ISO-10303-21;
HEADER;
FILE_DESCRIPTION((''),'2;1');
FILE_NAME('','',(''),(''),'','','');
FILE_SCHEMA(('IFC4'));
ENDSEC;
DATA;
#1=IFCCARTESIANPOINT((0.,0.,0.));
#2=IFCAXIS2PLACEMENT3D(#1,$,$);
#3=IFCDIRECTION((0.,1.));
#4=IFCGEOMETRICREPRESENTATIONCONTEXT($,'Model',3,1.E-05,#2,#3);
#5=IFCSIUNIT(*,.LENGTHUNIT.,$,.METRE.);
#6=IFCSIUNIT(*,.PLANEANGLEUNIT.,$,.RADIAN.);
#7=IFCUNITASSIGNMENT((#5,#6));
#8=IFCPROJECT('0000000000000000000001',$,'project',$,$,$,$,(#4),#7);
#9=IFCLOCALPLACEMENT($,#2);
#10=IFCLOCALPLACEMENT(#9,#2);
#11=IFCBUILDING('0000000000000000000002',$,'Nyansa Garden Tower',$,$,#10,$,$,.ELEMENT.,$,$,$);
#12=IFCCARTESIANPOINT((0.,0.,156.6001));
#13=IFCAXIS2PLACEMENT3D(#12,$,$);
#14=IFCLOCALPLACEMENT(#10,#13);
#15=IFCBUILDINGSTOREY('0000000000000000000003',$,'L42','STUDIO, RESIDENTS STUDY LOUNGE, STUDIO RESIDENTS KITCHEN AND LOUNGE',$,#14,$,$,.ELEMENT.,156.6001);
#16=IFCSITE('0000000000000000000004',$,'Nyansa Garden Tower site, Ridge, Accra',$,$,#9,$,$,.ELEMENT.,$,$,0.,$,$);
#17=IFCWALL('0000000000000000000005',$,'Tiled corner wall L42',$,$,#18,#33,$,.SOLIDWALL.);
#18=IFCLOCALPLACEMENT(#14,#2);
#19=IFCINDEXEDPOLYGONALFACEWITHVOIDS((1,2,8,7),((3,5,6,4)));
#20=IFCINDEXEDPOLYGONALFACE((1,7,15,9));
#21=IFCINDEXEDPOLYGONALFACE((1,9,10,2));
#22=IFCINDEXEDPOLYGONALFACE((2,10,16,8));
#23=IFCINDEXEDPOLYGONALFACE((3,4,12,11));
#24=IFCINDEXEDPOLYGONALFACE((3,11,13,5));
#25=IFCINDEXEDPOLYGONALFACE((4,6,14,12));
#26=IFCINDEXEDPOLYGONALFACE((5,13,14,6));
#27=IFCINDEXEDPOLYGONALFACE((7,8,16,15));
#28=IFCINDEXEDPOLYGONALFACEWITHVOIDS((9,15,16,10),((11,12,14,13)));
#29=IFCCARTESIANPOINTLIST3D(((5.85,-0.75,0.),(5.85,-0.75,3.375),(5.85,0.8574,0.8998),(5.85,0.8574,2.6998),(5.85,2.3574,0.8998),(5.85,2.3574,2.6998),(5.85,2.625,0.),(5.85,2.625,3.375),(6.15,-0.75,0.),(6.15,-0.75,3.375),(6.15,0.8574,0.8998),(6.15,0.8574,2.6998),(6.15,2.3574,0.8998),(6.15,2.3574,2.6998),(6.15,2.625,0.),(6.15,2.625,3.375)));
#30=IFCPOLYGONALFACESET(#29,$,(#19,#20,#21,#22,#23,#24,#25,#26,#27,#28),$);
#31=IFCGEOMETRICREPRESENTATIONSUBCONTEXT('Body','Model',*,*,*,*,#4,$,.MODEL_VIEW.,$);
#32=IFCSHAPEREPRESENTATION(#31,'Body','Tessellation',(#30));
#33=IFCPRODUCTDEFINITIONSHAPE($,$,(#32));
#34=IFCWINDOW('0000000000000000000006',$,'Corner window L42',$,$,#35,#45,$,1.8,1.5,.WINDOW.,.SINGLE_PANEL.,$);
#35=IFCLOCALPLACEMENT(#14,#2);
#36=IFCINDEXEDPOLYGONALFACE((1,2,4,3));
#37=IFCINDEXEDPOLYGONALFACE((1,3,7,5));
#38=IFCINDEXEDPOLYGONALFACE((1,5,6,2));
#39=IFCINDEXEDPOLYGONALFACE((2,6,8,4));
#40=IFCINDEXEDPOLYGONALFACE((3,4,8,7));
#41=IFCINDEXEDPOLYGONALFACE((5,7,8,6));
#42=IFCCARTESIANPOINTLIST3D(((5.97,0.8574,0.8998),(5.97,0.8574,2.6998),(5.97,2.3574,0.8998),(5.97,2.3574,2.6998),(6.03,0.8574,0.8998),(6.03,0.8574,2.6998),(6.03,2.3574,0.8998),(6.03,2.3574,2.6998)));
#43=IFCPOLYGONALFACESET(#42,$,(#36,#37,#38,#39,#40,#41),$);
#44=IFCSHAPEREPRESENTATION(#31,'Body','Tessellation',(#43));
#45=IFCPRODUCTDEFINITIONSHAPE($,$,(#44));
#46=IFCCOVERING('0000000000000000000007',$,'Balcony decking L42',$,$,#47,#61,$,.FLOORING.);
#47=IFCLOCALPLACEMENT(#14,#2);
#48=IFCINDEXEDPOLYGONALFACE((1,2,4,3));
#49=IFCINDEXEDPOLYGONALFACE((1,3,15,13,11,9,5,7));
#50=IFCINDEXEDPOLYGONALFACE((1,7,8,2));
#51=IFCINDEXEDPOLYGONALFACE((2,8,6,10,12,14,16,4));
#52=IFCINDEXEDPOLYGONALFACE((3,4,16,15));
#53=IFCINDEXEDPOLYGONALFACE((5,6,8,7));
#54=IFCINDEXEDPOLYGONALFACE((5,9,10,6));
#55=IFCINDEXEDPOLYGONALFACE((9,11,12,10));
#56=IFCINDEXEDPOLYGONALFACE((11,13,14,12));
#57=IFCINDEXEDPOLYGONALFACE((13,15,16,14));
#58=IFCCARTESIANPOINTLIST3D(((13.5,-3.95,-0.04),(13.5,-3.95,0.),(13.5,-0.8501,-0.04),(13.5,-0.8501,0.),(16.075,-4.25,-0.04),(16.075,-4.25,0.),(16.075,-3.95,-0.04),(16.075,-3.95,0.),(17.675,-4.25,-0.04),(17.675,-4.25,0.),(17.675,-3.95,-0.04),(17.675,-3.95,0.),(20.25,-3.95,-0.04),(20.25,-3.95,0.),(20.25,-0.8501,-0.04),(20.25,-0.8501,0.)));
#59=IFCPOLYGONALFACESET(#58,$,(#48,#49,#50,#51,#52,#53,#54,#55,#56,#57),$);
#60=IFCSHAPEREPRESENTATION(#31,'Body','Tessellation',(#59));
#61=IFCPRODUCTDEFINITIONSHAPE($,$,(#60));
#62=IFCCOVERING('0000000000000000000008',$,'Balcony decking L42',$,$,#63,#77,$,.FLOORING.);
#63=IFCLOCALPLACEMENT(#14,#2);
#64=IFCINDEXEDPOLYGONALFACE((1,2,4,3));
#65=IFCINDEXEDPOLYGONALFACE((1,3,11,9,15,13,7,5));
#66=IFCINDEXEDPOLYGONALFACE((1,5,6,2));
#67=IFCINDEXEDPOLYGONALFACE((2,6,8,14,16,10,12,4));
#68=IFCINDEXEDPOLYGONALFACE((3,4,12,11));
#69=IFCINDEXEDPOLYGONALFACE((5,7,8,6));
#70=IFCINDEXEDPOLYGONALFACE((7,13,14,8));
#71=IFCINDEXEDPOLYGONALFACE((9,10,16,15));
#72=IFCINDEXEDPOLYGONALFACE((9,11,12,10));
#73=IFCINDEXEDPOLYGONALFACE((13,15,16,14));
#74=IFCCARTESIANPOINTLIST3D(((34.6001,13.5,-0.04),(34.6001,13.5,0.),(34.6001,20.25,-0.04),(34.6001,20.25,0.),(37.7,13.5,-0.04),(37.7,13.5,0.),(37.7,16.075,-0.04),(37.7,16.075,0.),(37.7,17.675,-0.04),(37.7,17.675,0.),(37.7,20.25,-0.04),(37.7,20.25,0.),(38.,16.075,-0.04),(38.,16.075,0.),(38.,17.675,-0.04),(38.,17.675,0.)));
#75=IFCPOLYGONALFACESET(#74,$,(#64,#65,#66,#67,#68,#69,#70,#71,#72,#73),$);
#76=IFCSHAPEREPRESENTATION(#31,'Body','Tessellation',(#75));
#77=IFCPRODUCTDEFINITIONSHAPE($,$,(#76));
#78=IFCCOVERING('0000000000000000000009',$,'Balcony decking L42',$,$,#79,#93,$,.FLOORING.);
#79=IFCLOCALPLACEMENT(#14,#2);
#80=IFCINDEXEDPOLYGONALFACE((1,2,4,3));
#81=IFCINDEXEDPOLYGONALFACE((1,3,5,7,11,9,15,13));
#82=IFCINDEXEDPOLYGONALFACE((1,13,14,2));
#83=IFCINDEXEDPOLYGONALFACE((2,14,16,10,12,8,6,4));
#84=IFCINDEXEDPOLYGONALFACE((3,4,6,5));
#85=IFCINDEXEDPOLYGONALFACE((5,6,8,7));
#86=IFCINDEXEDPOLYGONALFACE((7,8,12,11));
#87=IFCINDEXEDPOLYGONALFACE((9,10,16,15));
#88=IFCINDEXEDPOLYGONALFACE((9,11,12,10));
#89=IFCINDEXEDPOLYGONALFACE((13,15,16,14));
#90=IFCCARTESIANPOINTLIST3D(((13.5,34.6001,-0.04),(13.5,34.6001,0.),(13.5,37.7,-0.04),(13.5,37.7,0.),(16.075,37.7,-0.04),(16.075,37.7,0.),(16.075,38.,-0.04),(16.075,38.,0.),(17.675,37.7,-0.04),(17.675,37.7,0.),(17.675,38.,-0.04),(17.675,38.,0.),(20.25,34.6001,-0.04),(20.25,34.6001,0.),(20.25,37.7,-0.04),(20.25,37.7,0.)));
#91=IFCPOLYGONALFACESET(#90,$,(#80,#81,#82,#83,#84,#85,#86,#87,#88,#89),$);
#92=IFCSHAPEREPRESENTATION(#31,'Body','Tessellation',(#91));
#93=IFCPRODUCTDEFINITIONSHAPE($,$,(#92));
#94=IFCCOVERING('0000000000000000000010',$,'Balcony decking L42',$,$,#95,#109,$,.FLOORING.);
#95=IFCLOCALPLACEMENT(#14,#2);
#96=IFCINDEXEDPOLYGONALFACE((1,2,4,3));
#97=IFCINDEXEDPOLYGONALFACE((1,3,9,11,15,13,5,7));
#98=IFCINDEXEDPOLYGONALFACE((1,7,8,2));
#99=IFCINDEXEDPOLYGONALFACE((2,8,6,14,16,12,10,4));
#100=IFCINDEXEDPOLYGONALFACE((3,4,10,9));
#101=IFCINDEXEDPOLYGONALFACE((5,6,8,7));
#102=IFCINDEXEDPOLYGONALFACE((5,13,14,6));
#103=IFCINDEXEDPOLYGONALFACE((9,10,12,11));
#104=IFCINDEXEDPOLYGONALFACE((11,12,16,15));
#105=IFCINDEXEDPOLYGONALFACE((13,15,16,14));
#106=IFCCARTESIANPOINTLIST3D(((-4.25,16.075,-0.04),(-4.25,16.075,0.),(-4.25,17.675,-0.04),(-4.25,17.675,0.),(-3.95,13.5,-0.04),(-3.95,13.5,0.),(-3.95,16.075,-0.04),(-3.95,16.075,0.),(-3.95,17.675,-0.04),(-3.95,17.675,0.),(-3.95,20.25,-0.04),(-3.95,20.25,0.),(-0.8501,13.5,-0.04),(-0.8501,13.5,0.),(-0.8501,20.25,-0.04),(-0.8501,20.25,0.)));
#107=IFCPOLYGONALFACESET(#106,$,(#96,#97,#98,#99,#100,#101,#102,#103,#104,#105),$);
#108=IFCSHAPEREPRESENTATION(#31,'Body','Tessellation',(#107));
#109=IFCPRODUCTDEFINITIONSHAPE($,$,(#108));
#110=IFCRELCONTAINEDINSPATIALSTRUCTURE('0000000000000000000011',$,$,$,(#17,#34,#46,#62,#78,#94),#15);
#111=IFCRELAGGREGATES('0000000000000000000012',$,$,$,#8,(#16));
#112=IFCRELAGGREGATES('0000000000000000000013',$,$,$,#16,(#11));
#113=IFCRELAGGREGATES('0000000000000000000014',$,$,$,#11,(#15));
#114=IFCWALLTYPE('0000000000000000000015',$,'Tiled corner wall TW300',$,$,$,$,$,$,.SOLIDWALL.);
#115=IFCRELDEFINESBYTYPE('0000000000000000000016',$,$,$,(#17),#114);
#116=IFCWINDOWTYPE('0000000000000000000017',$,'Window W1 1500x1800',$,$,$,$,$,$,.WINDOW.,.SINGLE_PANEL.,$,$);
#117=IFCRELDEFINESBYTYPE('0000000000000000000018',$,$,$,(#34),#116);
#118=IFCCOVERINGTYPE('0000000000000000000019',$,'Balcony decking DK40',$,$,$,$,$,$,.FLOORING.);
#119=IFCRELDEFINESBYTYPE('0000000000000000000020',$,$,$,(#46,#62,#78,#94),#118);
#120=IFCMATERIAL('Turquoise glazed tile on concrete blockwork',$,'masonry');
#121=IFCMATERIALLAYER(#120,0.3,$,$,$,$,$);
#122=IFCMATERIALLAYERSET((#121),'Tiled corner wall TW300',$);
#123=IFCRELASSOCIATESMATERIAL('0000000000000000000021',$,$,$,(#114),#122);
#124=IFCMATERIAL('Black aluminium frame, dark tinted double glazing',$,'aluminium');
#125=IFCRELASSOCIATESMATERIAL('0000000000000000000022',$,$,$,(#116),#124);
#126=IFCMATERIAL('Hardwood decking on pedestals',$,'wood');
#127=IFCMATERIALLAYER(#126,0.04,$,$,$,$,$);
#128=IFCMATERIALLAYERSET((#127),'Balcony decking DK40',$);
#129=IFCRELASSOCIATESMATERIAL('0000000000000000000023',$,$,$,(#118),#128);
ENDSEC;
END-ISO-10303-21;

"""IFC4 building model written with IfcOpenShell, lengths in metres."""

from ifc_helpers import new_model, si_unit, direction, frame, frame_2d, origin, place, context, subcontext, project, spatial, polyline, rectangle, outline, extrude, material, layer, layer_set, type_object, element, fill, save


model = new_model("IFC4")

# Units and contexts
model_context = context("Model", 3, precision=1e-05, world=origin(), true_north=direction((0.0, 1.0)))
body_context = subcontext(model_context, "Body", "Model", "MODEL_VIEW")
ifc_project = project(units=[si_unit("LENGTHUNIT", "METRE"), si_unit("PLANEANGLEUNIT", "RADIAN")], contexts=[model_context])

# Site, building, storey
site_placement = place(None, origin())
site = spatial("IfcSite", under=ifc_project, at=site_placement, Name="Nyansa Garden Tower site, Ridge, Accra", CompositionType="ELEMENT", RefElevation=0.0)
building_placement = place(site_placement, origin())
building = spatial("IfcBuilding", under=site, at=building_placement, Name="Nyansa Garden Tower", CompositionType="ELEMENT")
storey_placement = place(building_placement, frame((0.0, 0.0, 156.6001)))
storey = spatial("IfcBuildingStorey", under=building, at=storey_placement, Name="L42", Description="STUDIO, RESIDENTS STUDY LOUNGE, STUDIO RESIDENTS KITCHEN AND LOUNGE", CompositionType="ELEMENT", Elevation=156.6001)

# Wall, opening, window
ifc_material_1 = material(Name="Turquoise glazed tile on concrete blockwork", Category="masonry")
ifc_layer_1 = layer(ifc_material_1, 0.3)
ifc_layer_set_1 = layer_set([ifc_layer_1], Name="Tiled corner wall TW300")
wall_type = type_object("IfcWallType", Name="Tiled corner wall TW300", PredefinedType="SOLIDWALL", material=ifc_layer_set_1)
wall_1_placement = place(storey_placement, frame((6.0, 2.625, 0.0), z_axis=(0.0, 0.0, 1.0), x_axis=(0.0, -1.0, 0.0)))
wall_1 = element("IfcWall", 1, at=wall_1_placement, inside=storey, type_object=wall_type, Name="Tiled corner wall L42", PredefinedType="SOLIDWALL", context=body_context, shape_type="SweptSolid", body=[
    extrude(rectangle(XDim=3.375, YDim=0.3, at=frame_2d((1.6875, 0.0))), origin(), (0.0, 0.0, 1.0), 3.375),
])
opening_1_placement = place(wall_1_placement, frame((0.2676, 0.0, 0.8999)))
opening_1 = element("IfcOpeningElement", 2, at=opening_1_placement, cuts=wall_1, PredefinedType="OPENING", context=body_context, shape_type="SweptSolid", body=[
    extrude(rectangle(XDim=1.5, YDim=1.8, at=frame_2d((0.75, 0.8999))), frame((0.0, 0.1599, 0.0), z_axis=(0.0, -1.0, 0.0), x_axis=(1.0, 0.0, 0.0)), (0.0, 0.0, 1.0), 0.3201),
])
ifc_material_2 = material(Name="Black aluminium frame, dark tinted double glazing", Category="aluminium")
window_type_1 = type_object("IfcWindowType", Name="Window W1 1500x1800", PartitioningType="SINGLE_PANEL", PredefinedType="WINDOW", material=ifc_material_2)
window_1_placement = place(opening_1_placement, origin())
window_1 = element("IfcWindow", 3, at=window_1_placement, inside=storey, type_object=window_type_1, Name="Corner window L42", OverallHeight=1.8, OverallWidth=1.5, PartitioningType="SINGLE_PANEL", PredefinedType="WINDOW", context=body_context, shape_type="SweptSolid", body=[
    extrude(rectangle(XDim=1.5, YDim=1.8, at=frame_2d((0.75, 0.8999))), frame((0.0, 0.03, 0.0), z_axis=(0.0, -1.0, 0.0), x_axis=(1.0, 0.0, 0.0)), (0.0, 0.0, 1.0), 0.0601),
])
fill(opening_1, window_1)

# Coverings
ifc_material_3 = material(Name="Hardwood decking on pedestals", Category="wood")
ifc_layer_2 = layer(ifc_material_3, 0.04)
ifc_layer_set_2 = layer_set([ifc_layer_2], Name="Balcony decking DK40")
covering_type = type_object("IfcCoveringType", Name="Balcony decking DK40", PredefinedType="FLOORING", material=ifc_layer_set_2)
covering_1_placement = place(storey_placement, frame((0.0, 0.0, -0.04)))
element("IfcCovering", 4, at=covering_1_placement, inside=storey, type_object=covering_type, Name="Balcony decking L42", PredefinedType="FLOORING", context=body_context, shape_type="SweptSolid", body=[
    extrude(outline(polyline([(13.5, -0.8501), (20.25, -0.8501), (20.25, -3.95), (17.675, -3.95), (17.675, -4.25), (16.075, -4.25), (16.075, -3.95), (13.5, -3.95), (13.5, -0.8501)])), origin(), (0.0, 0.0, 1.0), 0.04),
])
covering_2_placement = place(storey_placement, frame((0.0, 0.0, -0.04)))
element("IfcCovering", 5, at=covering_2_placement, inside=storey, type_object=covering_type, Name="Balcony decking L42", PredefinedType="FLOORING", context=body_context, shape_type="SweptSolid", body=[
    extrude(outline(polyline([(34.6001, 13.5), (34.6001, 20.25), (37.7, 20.25), (37.7, 17.675), (38.0, 17.675), (38.0, 16.075), (37.7, 16.075), (37.7, 13.5), (34.6001, 13.5)])), origin(), (0.0, 0.0, 1.0), 0.04),
])
covering_3_placement = place(storey_placement, frame((0.0, 0.0, -0.04)))
element("IfcCovering", 6, at=covering_3_placement, inside=storey, type_object=covering_type, Name="Balcony decking L42", PredefinedType="FLOORING", context=body_context, shape_type="SweptSolid", body=[
    extrude(outline(polyline([(13.5, 34.6001), (20.25, 34.6001), (20.25, 37.7), (17.675, 37.7), (17.675, 38.0), (16.075, 38.0), (16.075, 37.7), (13.5, 37.7), (13.5, 34.6001)])), origin(), (0.0, 0.0, 1.0), 0.04),
])
covering_4_placement = place(storey_placement, frame((0.0, 0.0, -0.04)))
element("IfcCovering", 7, at=covering_4_placement, inside=storey, type_object=covering_type, Name="Balcony decking L42", PredefinedType="FLOORING", context=body_context, shape_type="SweptSolid", body=[
    extrude(outline(polyline([(-0.8501, 13.5), (-0.8501, 20.25), (-3.95, 20.25), (-3.95, 17.675), (-4.25, 17.675), (-4.25, 16.075), (-3.95, 16.075), (-3.95, 13.5), (-0.8501, 13.5)])), origin(), (0.0, 0.0, 1.0), 0.04),
])

save(model, "model.ifc")
